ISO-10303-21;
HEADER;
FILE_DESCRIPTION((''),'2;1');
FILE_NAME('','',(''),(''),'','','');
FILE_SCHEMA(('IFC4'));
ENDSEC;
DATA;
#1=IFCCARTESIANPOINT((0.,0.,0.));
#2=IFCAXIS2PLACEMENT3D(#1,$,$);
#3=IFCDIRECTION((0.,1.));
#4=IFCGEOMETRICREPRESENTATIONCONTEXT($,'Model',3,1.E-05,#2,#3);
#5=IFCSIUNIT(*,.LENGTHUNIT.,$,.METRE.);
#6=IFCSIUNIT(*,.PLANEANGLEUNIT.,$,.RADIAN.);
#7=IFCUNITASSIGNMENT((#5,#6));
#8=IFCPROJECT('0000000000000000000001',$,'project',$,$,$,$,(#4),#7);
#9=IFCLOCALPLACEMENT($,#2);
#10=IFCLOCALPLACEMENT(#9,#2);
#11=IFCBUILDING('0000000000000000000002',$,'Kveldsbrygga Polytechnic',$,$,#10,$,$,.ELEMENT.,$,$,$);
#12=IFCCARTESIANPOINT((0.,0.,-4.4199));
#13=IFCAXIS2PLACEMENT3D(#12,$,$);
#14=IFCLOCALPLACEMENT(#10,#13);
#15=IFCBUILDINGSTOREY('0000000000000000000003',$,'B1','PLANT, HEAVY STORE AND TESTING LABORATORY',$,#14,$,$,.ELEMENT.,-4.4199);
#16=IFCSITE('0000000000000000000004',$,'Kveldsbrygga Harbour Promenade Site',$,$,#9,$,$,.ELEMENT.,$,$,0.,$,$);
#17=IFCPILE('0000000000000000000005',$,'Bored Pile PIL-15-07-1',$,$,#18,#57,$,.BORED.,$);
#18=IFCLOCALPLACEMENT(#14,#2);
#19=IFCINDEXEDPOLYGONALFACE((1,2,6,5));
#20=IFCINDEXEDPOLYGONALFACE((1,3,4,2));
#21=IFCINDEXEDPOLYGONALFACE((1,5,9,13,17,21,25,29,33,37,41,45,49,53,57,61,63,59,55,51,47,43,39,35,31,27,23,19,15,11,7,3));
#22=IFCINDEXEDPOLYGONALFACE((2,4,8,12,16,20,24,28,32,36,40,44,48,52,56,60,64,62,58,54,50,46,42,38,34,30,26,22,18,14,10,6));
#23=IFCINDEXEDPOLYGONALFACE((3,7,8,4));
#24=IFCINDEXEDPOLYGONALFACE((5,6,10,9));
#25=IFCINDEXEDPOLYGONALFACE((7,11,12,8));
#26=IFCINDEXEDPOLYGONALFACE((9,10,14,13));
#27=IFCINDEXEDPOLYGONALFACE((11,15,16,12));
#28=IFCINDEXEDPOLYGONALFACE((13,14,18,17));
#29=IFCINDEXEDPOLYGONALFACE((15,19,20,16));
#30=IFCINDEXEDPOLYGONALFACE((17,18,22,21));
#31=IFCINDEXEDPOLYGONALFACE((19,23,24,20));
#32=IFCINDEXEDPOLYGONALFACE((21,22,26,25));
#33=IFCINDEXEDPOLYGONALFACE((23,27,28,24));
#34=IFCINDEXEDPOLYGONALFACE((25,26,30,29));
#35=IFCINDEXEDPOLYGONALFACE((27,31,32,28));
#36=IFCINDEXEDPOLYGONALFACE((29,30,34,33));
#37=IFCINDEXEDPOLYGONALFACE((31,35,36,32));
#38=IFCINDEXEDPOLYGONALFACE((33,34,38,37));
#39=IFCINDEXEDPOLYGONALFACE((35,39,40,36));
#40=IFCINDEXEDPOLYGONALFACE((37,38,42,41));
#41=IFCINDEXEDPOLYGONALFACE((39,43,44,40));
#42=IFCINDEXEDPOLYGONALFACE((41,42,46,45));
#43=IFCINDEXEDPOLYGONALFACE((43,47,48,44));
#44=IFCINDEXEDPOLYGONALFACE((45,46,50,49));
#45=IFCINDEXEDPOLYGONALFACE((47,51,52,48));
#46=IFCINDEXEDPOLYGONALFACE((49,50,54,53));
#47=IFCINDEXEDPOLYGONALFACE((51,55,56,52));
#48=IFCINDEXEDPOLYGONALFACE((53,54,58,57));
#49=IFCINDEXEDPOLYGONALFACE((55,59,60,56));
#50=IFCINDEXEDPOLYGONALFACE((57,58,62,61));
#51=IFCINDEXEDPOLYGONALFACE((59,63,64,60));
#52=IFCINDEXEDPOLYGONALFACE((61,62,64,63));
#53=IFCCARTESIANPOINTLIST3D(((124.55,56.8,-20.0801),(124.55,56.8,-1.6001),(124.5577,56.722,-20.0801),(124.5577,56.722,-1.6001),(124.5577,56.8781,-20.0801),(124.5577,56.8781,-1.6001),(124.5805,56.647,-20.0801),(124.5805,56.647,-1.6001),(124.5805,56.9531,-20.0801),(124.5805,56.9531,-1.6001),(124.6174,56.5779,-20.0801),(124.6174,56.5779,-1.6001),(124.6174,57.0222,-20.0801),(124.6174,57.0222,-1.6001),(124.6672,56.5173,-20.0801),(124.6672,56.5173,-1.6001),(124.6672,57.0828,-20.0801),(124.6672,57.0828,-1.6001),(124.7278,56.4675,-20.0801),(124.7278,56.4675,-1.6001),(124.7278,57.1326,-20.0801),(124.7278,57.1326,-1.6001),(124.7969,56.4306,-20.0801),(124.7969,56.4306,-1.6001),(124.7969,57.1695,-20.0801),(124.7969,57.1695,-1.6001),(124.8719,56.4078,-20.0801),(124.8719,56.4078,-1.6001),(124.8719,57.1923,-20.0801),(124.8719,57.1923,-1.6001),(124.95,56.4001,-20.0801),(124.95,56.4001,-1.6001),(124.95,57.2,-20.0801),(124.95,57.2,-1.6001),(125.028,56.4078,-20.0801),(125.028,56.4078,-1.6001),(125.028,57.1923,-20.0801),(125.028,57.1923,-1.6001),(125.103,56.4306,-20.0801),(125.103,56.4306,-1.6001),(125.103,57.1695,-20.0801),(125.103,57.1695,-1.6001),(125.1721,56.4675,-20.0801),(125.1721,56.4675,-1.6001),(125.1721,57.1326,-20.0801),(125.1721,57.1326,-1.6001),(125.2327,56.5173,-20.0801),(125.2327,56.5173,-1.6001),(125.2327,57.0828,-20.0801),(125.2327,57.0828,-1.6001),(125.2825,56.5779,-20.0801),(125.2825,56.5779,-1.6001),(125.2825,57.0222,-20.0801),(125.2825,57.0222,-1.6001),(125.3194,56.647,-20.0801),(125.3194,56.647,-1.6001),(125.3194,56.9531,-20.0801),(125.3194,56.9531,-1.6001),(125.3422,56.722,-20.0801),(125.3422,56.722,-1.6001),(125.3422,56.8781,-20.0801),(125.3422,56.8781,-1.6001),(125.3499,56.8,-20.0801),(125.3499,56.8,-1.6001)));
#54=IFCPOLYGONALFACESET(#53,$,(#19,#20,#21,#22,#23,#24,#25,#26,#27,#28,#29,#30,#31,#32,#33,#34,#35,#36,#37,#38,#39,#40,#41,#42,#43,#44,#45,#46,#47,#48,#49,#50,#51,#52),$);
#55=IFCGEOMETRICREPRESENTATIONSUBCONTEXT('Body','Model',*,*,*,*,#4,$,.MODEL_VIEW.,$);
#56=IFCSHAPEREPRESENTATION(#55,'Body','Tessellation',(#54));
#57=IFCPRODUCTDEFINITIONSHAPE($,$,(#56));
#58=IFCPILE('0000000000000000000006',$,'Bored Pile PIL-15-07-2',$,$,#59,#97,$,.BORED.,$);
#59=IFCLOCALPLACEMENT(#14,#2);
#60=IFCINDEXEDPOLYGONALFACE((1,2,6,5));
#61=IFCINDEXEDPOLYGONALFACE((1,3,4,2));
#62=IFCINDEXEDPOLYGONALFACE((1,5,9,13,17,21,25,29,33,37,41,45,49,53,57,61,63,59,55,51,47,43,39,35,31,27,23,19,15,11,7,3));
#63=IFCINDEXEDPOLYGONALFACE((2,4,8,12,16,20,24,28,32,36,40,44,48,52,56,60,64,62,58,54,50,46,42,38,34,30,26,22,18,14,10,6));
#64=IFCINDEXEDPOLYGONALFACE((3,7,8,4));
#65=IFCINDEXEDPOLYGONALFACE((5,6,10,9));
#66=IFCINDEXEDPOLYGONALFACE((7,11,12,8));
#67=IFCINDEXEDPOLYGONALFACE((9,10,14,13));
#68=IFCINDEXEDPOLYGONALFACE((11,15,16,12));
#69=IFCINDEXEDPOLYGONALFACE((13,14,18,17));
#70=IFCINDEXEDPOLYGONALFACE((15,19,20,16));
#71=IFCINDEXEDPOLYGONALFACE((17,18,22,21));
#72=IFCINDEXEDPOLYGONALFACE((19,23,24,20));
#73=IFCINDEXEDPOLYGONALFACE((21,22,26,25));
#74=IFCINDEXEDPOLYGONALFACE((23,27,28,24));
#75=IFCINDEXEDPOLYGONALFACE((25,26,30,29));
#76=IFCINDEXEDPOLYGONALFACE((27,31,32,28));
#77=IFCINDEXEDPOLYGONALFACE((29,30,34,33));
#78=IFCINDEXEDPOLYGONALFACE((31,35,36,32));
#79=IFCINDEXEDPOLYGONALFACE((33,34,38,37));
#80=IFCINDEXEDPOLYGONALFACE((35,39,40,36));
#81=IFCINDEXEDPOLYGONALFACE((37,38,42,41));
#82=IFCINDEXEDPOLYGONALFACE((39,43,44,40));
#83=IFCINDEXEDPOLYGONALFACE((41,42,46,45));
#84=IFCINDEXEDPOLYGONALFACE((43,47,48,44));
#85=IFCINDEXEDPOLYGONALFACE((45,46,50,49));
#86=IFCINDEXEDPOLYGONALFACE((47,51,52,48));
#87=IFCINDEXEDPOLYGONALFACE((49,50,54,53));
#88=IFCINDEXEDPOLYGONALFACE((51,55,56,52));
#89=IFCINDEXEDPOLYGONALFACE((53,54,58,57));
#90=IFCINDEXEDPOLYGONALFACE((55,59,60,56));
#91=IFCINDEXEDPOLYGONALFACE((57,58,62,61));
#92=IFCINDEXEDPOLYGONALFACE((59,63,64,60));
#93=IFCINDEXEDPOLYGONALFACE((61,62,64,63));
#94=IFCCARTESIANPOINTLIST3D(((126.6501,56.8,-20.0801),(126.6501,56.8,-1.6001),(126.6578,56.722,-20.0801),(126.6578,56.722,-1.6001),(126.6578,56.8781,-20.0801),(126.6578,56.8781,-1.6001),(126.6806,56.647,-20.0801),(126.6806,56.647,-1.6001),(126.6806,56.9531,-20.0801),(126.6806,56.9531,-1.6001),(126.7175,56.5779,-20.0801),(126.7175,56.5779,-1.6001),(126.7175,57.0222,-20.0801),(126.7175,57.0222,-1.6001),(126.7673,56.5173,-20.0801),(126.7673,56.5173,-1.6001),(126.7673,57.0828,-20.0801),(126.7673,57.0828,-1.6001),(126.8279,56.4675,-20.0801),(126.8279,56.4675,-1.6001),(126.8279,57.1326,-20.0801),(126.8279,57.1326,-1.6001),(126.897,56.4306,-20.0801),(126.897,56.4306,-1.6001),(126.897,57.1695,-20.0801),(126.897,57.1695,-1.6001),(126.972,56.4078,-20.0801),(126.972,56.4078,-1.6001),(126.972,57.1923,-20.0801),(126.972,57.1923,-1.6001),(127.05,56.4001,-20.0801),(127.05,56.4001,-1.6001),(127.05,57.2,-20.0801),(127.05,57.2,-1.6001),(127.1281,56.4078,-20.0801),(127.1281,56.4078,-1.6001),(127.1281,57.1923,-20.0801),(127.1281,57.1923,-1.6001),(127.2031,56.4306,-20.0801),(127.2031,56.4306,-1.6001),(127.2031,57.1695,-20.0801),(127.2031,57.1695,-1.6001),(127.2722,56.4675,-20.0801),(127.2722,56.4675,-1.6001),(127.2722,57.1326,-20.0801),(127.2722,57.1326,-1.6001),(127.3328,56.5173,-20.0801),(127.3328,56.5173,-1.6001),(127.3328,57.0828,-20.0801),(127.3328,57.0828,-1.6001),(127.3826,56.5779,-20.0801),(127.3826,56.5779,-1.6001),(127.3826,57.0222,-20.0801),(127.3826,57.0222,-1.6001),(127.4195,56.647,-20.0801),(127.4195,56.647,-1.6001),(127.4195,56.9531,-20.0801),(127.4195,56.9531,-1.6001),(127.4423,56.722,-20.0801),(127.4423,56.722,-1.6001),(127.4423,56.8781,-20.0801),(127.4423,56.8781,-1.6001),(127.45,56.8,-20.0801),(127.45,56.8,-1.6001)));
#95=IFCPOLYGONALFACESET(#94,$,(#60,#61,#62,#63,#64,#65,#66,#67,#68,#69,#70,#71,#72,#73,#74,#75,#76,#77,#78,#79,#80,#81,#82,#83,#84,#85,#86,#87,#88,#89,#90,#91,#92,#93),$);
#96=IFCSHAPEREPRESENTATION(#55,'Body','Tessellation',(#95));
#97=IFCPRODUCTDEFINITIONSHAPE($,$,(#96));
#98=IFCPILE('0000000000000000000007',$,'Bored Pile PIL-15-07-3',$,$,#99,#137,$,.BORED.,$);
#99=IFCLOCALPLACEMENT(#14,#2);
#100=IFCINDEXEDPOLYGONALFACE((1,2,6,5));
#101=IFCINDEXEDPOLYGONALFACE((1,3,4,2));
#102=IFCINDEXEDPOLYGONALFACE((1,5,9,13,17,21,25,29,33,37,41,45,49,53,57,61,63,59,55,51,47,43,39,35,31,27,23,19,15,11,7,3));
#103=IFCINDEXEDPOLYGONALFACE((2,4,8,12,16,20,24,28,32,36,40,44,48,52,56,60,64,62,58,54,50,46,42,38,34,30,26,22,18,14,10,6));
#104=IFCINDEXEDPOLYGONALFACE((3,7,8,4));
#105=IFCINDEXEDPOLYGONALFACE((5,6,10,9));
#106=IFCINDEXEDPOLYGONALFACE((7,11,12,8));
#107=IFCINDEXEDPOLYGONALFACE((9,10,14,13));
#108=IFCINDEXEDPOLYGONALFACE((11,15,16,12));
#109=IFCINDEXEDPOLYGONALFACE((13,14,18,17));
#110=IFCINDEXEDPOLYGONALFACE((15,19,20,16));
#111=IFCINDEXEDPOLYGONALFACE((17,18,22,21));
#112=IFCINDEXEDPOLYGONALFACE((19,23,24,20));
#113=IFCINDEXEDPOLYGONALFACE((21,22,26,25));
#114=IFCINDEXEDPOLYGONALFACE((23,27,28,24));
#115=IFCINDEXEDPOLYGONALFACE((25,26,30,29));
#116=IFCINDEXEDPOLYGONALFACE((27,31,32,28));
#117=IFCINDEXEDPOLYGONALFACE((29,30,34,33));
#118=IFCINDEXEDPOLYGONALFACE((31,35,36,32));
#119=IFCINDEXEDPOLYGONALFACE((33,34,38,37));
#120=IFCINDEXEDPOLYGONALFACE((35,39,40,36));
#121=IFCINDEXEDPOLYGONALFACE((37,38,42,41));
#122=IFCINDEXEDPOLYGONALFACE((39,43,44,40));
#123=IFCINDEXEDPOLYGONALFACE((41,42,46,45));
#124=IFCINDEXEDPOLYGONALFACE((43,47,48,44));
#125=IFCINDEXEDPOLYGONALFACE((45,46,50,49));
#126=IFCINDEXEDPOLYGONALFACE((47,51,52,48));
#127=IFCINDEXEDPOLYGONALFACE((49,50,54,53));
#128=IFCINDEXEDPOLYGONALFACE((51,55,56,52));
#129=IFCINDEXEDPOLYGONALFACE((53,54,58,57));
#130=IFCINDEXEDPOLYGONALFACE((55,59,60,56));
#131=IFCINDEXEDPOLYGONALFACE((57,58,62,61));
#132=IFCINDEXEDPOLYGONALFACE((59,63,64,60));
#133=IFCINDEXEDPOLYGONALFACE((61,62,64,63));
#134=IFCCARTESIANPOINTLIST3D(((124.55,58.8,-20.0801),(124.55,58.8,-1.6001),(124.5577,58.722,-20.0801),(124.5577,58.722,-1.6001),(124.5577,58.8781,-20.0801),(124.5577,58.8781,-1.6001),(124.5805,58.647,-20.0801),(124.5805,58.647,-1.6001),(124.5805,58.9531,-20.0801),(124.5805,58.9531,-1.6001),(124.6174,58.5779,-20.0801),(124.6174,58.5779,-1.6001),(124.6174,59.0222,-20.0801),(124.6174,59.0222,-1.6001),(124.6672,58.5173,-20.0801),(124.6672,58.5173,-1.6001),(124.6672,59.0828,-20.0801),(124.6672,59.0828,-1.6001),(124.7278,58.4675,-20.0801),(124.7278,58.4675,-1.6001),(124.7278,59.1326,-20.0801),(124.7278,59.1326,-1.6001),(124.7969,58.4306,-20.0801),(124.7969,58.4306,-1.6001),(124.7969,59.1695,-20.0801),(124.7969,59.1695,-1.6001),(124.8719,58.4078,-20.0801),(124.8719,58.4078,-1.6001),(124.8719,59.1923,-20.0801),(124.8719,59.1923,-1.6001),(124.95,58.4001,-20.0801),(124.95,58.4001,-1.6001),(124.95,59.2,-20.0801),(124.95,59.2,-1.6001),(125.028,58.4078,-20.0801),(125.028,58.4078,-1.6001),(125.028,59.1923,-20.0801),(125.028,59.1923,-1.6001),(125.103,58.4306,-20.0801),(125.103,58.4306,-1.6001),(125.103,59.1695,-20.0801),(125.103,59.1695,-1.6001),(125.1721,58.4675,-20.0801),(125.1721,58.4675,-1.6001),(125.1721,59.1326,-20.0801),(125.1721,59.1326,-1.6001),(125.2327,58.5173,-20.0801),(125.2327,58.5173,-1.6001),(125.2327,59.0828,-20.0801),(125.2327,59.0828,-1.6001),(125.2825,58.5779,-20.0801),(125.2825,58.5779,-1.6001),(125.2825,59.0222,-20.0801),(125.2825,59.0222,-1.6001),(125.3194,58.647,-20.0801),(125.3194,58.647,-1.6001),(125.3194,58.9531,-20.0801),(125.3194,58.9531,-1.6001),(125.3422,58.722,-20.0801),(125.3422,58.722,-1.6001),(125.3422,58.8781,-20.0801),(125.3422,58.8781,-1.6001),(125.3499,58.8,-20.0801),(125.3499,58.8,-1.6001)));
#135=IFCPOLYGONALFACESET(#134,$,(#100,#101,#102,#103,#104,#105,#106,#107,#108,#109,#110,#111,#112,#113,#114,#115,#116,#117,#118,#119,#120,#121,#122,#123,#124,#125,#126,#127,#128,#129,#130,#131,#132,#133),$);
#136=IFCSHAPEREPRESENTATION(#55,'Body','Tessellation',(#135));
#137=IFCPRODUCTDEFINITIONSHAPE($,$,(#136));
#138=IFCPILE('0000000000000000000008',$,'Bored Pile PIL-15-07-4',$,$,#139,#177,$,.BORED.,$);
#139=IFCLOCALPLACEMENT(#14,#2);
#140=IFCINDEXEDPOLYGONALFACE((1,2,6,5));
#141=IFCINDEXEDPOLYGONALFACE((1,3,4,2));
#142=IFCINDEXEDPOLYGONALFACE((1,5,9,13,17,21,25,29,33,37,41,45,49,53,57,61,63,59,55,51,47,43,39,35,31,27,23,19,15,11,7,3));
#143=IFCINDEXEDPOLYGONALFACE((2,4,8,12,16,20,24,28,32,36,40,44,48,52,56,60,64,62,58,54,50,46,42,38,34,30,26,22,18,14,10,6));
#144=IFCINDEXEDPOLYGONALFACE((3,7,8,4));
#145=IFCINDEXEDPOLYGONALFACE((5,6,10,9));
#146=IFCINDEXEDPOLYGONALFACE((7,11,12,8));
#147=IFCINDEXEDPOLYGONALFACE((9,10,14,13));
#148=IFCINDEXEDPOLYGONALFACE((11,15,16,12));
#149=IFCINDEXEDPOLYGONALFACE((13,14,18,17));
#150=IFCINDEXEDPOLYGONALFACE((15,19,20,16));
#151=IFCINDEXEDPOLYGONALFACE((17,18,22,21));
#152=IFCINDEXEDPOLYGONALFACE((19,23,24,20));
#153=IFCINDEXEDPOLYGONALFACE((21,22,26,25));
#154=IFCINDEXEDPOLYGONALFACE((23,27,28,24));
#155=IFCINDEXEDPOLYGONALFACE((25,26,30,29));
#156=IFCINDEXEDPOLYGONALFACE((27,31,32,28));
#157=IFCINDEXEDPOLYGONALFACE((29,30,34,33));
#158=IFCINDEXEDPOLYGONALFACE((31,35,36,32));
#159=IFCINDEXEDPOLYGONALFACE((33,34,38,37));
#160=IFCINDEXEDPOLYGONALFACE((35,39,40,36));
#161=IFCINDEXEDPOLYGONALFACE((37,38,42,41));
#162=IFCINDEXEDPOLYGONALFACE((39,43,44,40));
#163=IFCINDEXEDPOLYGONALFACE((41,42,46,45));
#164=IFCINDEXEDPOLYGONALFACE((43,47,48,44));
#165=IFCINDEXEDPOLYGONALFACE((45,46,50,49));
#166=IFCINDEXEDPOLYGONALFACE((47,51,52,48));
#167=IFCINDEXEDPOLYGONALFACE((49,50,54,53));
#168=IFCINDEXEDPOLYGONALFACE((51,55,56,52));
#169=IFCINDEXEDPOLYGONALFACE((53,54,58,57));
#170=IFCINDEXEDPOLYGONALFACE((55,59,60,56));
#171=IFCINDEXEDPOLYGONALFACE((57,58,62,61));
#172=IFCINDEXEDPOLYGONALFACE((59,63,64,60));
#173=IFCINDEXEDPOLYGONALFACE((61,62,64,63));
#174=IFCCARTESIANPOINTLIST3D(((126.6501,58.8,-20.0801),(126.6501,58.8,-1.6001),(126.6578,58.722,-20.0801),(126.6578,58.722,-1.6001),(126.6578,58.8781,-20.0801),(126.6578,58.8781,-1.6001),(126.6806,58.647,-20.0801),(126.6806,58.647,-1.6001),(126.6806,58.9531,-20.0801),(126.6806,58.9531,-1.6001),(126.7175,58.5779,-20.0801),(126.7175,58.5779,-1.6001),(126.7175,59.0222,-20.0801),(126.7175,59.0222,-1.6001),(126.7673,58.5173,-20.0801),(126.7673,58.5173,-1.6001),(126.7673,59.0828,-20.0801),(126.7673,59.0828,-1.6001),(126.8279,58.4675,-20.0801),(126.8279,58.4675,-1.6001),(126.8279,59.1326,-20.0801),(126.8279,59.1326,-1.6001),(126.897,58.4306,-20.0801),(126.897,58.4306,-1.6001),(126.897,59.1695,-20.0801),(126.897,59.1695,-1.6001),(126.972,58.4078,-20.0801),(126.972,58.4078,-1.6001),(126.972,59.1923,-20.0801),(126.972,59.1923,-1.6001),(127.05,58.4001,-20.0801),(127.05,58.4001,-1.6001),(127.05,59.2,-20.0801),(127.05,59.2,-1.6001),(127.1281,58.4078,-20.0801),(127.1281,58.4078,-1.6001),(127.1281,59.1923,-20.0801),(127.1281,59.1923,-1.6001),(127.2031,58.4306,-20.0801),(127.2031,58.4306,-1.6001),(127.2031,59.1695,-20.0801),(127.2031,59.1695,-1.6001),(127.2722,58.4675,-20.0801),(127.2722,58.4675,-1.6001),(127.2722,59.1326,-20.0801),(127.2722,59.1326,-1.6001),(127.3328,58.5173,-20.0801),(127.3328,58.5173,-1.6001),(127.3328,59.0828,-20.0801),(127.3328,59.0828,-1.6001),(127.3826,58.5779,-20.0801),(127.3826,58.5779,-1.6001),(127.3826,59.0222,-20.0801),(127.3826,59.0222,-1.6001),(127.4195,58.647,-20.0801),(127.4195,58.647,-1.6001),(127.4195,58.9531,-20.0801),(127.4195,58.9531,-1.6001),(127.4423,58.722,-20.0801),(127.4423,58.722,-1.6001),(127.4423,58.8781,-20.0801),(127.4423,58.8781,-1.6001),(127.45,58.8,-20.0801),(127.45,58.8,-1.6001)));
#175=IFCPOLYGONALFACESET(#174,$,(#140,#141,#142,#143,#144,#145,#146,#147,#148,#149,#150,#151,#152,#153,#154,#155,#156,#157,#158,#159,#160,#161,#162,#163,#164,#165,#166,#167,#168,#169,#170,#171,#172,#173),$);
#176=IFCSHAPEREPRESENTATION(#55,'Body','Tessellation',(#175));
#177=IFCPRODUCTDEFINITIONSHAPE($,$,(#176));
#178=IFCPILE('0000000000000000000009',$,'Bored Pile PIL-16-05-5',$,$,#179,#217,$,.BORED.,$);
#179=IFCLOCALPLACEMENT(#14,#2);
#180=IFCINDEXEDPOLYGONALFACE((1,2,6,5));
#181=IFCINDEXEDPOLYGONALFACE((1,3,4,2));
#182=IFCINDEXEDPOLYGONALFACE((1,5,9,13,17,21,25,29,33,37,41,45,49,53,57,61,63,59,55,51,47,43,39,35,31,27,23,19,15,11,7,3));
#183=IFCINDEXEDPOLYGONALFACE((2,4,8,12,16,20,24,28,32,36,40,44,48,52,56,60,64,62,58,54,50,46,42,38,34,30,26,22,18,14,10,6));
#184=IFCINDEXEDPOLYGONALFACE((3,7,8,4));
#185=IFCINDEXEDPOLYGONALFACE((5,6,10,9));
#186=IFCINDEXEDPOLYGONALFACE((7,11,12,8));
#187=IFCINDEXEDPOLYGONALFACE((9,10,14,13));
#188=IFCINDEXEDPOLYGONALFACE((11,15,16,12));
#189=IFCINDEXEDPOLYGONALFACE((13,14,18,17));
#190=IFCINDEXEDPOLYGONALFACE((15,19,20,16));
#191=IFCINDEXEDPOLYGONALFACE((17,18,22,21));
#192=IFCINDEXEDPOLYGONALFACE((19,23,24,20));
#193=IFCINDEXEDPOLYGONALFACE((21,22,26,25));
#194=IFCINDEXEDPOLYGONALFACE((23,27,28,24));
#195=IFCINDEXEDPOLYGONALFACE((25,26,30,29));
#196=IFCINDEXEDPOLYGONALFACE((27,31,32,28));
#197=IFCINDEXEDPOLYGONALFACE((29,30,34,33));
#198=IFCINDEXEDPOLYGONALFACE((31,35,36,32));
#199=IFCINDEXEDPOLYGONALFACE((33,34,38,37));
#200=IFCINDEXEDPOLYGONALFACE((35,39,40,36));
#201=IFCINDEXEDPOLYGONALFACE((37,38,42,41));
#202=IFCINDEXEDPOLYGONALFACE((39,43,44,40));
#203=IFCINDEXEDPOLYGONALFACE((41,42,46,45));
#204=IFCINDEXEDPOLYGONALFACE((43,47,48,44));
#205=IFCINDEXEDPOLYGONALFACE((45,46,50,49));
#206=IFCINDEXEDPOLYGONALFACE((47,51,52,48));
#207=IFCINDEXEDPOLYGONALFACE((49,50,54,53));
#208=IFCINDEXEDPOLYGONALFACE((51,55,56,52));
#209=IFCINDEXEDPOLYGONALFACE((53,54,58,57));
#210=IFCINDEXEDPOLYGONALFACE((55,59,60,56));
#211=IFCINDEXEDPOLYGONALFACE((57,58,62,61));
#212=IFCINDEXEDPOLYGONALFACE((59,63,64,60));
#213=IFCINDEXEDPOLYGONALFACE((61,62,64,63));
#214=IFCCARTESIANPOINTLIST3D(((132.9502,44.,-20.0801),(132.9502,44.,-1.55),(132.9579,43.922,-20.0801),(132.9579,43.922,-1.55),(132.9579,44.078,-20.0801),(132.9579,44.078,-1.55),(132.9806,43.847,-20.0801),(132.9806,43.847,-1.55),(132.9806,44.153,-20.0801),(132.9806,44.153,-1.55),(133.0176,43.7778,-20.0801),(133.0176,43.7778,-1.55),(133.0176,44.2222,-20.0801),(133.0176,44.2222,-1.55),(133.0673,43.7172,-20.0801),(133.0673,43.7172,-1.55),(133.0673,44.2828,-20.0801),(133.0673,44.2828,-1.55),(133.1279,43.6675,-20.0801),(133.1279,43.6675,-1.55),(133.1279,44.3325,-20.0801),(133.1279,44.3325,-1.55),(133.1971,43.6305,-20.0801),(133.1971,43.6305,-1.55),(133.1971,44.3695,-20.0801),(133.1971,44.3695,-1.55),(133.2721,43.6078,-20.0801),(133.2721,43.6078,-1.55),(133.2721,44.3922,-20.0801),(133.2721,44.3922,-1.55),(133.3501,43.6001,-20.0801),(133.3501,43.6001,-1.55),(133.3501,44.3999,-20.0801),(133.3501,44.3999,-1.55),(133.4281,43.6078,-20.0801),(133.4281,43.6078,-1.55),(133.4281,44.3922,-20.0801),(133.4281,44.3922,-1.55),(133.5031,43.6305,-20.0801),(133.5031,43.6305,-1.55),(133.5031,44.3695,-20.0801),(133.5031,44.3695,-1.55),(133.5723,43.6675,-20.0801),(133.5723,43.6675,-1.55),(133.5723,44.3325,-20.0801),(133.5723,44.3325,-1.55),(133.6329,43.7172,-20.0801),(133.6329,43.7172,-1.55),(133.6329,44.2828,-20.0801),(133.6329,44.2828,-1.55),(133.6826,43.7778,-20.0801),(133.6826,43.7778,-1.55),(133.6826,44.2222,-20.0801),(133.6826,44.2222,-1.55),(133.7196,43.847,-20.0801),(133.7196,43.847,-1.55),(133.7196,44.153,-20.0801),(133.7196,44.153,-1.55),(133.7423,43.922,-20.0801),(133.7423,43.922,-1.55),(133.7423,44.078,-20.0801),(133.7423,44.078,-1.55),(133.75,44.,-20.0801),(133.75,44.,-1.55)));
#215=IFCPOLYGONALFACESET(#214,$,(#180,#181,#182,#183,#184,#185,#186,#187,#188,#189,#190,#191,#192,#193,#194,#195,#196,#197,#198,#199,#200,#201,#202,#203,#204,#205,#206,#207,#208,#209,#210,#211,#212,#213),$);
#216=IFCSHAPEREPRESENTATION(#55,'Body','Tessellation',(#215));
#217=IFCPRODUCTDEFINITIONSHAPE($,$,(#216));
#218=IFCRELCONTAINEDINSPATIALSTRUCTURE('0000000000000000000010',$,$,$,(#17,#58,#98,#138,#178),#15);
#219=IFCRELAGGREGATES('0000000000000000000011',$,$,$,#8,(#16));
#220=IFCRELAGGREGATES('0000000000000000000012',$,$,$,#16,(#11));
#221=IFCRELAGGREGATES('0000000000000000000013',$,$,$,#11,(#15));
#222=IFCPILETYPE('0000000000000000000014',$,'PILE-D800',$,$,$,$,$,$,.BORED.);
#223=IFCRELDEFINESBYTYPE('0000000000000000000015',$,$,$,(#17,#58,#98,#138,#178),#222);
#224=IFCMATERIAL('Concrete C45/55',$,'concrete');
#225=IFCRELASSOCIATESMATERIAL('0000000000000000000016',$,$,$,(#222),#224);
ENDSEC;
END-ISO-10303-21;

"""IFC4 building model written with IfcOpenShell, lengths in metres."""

from ifc_helpers import new_model, si_unit, direction, frame, origin, origin_2d, place, context, subcontext, project, spatial, circle, extrude, material, material_profile, profile_set, type_object, element, save


model = new_model("IFC4")

# Units and contexts
model_context = context("Model", 3, precision=1e-05, world=origin(), true_north=direction((0.0, 1.0)))
body_context = subcontext(model_context, "Body", "Model", "MODEL_VIEW")
ifc_project = project(units=[si_unit("LENGTHUNIT", "METRE"), si_unit("PLANEANGLEUNIT", "RADIAN")], contexts=[model_context])

# Site, building, storey
site_placement = place(None, origin())
site = spatial("IfcSite", under=ifc_project, at=site_placement, Name="Kveldsbrygga Harbour Promenade Site", CompositionType="ELEMENT", RefElevation=0.0)
building_placement = place(site_placement, origin())
building = spatial("IfcBuilding", under=site, at=building_placement, Name="Kveldsbrygga Polytechnic", CompositionType="ELEMENT")
storey_placement = place(building_placement, frame((0.0, 0.0, -4.4199)))
storey = spatial("IfcBuildingStorey", under=building, at=storey_placement, Name="B1", Description="PLANT, HEAVY STORE AND TESTING LABORATORY", CompositionType="ELEMENT", Elevation=-4.4199)

# Shared definitions
ifc_material_1 = material(Name="Concrete C45/55", Category="concrete")

# Piles
ifc_material_profile_1 = material_profile(ifc_material_1, circle(Radius=0.3999, at=origin_2d()), Name="PILE D800")
ifc_profile_set_1 = profile_set([ifc_material_profile_1], Name="Concrete C45/55")
pile_type = type_object("IfcPileType", Name="PILE-D800", PredefinedType="BORED", material=ifc_profile_set_1)
for number, where, z_axis, x_axis, name in (
    (1, (124.95, 56.8, -1.6001), (0.0, 0.0, -1.0), (1.0, 0.0, 0.0), "Bored Pile PIL-15-07-1"),
    (2, (127.05, 56.8, -1.6001), (0.0, 0.0, -1.0), (1.0, 0.0, 0.0), "Bored Pile PIL-15-07-2"),
    (3, (124.95, 58.8, -1.6001), (0.0, 0.0, -1.0), (1.0, 0.0, 0.0), "Bored Pile PIL-15-07-3"),
    (4, (127.05, 58.8, -1.6001), (0.0, 0.0, -1.0), (1.0, 0.0, 0.0), "Bored Pile PIL-15-07-4"),
):
    element("IfcPile", number, at=place(storey_placement, frame(where, z_axis=z_axis, x_axis=x_axis)), inside=storey, type_object=pile_type, Name=name, PredefinedType="BORED", context=body_context, shape_type="SweptSolid", body=[
        extrude(circle(Radius=0.3999, at=origin_2d()), origin(), (0.0, 0.0, 1.0), 18.48),
    ])
pile_1_placement = place(storey_placement, frame((133.3501, 44.0, -1.55), z_axis=(0.0, 0.0, -1.0), x_axis=(1.0, 0.0, 0.0)))
element("IfcPile", 5, at=pile_1_placement, inside=storey, type_object=pile_type, Name="Bored Pile PIL-16-05-5", PredefinedType="BORED", context=body_context, shape_type="SweptSolid", body=[
    extrude(circle(Radius=0.3999, at=origin_2d()), origin(), (0.0, 0.0, 1.0), 18.53),
])

save(model, "model.ifc")
